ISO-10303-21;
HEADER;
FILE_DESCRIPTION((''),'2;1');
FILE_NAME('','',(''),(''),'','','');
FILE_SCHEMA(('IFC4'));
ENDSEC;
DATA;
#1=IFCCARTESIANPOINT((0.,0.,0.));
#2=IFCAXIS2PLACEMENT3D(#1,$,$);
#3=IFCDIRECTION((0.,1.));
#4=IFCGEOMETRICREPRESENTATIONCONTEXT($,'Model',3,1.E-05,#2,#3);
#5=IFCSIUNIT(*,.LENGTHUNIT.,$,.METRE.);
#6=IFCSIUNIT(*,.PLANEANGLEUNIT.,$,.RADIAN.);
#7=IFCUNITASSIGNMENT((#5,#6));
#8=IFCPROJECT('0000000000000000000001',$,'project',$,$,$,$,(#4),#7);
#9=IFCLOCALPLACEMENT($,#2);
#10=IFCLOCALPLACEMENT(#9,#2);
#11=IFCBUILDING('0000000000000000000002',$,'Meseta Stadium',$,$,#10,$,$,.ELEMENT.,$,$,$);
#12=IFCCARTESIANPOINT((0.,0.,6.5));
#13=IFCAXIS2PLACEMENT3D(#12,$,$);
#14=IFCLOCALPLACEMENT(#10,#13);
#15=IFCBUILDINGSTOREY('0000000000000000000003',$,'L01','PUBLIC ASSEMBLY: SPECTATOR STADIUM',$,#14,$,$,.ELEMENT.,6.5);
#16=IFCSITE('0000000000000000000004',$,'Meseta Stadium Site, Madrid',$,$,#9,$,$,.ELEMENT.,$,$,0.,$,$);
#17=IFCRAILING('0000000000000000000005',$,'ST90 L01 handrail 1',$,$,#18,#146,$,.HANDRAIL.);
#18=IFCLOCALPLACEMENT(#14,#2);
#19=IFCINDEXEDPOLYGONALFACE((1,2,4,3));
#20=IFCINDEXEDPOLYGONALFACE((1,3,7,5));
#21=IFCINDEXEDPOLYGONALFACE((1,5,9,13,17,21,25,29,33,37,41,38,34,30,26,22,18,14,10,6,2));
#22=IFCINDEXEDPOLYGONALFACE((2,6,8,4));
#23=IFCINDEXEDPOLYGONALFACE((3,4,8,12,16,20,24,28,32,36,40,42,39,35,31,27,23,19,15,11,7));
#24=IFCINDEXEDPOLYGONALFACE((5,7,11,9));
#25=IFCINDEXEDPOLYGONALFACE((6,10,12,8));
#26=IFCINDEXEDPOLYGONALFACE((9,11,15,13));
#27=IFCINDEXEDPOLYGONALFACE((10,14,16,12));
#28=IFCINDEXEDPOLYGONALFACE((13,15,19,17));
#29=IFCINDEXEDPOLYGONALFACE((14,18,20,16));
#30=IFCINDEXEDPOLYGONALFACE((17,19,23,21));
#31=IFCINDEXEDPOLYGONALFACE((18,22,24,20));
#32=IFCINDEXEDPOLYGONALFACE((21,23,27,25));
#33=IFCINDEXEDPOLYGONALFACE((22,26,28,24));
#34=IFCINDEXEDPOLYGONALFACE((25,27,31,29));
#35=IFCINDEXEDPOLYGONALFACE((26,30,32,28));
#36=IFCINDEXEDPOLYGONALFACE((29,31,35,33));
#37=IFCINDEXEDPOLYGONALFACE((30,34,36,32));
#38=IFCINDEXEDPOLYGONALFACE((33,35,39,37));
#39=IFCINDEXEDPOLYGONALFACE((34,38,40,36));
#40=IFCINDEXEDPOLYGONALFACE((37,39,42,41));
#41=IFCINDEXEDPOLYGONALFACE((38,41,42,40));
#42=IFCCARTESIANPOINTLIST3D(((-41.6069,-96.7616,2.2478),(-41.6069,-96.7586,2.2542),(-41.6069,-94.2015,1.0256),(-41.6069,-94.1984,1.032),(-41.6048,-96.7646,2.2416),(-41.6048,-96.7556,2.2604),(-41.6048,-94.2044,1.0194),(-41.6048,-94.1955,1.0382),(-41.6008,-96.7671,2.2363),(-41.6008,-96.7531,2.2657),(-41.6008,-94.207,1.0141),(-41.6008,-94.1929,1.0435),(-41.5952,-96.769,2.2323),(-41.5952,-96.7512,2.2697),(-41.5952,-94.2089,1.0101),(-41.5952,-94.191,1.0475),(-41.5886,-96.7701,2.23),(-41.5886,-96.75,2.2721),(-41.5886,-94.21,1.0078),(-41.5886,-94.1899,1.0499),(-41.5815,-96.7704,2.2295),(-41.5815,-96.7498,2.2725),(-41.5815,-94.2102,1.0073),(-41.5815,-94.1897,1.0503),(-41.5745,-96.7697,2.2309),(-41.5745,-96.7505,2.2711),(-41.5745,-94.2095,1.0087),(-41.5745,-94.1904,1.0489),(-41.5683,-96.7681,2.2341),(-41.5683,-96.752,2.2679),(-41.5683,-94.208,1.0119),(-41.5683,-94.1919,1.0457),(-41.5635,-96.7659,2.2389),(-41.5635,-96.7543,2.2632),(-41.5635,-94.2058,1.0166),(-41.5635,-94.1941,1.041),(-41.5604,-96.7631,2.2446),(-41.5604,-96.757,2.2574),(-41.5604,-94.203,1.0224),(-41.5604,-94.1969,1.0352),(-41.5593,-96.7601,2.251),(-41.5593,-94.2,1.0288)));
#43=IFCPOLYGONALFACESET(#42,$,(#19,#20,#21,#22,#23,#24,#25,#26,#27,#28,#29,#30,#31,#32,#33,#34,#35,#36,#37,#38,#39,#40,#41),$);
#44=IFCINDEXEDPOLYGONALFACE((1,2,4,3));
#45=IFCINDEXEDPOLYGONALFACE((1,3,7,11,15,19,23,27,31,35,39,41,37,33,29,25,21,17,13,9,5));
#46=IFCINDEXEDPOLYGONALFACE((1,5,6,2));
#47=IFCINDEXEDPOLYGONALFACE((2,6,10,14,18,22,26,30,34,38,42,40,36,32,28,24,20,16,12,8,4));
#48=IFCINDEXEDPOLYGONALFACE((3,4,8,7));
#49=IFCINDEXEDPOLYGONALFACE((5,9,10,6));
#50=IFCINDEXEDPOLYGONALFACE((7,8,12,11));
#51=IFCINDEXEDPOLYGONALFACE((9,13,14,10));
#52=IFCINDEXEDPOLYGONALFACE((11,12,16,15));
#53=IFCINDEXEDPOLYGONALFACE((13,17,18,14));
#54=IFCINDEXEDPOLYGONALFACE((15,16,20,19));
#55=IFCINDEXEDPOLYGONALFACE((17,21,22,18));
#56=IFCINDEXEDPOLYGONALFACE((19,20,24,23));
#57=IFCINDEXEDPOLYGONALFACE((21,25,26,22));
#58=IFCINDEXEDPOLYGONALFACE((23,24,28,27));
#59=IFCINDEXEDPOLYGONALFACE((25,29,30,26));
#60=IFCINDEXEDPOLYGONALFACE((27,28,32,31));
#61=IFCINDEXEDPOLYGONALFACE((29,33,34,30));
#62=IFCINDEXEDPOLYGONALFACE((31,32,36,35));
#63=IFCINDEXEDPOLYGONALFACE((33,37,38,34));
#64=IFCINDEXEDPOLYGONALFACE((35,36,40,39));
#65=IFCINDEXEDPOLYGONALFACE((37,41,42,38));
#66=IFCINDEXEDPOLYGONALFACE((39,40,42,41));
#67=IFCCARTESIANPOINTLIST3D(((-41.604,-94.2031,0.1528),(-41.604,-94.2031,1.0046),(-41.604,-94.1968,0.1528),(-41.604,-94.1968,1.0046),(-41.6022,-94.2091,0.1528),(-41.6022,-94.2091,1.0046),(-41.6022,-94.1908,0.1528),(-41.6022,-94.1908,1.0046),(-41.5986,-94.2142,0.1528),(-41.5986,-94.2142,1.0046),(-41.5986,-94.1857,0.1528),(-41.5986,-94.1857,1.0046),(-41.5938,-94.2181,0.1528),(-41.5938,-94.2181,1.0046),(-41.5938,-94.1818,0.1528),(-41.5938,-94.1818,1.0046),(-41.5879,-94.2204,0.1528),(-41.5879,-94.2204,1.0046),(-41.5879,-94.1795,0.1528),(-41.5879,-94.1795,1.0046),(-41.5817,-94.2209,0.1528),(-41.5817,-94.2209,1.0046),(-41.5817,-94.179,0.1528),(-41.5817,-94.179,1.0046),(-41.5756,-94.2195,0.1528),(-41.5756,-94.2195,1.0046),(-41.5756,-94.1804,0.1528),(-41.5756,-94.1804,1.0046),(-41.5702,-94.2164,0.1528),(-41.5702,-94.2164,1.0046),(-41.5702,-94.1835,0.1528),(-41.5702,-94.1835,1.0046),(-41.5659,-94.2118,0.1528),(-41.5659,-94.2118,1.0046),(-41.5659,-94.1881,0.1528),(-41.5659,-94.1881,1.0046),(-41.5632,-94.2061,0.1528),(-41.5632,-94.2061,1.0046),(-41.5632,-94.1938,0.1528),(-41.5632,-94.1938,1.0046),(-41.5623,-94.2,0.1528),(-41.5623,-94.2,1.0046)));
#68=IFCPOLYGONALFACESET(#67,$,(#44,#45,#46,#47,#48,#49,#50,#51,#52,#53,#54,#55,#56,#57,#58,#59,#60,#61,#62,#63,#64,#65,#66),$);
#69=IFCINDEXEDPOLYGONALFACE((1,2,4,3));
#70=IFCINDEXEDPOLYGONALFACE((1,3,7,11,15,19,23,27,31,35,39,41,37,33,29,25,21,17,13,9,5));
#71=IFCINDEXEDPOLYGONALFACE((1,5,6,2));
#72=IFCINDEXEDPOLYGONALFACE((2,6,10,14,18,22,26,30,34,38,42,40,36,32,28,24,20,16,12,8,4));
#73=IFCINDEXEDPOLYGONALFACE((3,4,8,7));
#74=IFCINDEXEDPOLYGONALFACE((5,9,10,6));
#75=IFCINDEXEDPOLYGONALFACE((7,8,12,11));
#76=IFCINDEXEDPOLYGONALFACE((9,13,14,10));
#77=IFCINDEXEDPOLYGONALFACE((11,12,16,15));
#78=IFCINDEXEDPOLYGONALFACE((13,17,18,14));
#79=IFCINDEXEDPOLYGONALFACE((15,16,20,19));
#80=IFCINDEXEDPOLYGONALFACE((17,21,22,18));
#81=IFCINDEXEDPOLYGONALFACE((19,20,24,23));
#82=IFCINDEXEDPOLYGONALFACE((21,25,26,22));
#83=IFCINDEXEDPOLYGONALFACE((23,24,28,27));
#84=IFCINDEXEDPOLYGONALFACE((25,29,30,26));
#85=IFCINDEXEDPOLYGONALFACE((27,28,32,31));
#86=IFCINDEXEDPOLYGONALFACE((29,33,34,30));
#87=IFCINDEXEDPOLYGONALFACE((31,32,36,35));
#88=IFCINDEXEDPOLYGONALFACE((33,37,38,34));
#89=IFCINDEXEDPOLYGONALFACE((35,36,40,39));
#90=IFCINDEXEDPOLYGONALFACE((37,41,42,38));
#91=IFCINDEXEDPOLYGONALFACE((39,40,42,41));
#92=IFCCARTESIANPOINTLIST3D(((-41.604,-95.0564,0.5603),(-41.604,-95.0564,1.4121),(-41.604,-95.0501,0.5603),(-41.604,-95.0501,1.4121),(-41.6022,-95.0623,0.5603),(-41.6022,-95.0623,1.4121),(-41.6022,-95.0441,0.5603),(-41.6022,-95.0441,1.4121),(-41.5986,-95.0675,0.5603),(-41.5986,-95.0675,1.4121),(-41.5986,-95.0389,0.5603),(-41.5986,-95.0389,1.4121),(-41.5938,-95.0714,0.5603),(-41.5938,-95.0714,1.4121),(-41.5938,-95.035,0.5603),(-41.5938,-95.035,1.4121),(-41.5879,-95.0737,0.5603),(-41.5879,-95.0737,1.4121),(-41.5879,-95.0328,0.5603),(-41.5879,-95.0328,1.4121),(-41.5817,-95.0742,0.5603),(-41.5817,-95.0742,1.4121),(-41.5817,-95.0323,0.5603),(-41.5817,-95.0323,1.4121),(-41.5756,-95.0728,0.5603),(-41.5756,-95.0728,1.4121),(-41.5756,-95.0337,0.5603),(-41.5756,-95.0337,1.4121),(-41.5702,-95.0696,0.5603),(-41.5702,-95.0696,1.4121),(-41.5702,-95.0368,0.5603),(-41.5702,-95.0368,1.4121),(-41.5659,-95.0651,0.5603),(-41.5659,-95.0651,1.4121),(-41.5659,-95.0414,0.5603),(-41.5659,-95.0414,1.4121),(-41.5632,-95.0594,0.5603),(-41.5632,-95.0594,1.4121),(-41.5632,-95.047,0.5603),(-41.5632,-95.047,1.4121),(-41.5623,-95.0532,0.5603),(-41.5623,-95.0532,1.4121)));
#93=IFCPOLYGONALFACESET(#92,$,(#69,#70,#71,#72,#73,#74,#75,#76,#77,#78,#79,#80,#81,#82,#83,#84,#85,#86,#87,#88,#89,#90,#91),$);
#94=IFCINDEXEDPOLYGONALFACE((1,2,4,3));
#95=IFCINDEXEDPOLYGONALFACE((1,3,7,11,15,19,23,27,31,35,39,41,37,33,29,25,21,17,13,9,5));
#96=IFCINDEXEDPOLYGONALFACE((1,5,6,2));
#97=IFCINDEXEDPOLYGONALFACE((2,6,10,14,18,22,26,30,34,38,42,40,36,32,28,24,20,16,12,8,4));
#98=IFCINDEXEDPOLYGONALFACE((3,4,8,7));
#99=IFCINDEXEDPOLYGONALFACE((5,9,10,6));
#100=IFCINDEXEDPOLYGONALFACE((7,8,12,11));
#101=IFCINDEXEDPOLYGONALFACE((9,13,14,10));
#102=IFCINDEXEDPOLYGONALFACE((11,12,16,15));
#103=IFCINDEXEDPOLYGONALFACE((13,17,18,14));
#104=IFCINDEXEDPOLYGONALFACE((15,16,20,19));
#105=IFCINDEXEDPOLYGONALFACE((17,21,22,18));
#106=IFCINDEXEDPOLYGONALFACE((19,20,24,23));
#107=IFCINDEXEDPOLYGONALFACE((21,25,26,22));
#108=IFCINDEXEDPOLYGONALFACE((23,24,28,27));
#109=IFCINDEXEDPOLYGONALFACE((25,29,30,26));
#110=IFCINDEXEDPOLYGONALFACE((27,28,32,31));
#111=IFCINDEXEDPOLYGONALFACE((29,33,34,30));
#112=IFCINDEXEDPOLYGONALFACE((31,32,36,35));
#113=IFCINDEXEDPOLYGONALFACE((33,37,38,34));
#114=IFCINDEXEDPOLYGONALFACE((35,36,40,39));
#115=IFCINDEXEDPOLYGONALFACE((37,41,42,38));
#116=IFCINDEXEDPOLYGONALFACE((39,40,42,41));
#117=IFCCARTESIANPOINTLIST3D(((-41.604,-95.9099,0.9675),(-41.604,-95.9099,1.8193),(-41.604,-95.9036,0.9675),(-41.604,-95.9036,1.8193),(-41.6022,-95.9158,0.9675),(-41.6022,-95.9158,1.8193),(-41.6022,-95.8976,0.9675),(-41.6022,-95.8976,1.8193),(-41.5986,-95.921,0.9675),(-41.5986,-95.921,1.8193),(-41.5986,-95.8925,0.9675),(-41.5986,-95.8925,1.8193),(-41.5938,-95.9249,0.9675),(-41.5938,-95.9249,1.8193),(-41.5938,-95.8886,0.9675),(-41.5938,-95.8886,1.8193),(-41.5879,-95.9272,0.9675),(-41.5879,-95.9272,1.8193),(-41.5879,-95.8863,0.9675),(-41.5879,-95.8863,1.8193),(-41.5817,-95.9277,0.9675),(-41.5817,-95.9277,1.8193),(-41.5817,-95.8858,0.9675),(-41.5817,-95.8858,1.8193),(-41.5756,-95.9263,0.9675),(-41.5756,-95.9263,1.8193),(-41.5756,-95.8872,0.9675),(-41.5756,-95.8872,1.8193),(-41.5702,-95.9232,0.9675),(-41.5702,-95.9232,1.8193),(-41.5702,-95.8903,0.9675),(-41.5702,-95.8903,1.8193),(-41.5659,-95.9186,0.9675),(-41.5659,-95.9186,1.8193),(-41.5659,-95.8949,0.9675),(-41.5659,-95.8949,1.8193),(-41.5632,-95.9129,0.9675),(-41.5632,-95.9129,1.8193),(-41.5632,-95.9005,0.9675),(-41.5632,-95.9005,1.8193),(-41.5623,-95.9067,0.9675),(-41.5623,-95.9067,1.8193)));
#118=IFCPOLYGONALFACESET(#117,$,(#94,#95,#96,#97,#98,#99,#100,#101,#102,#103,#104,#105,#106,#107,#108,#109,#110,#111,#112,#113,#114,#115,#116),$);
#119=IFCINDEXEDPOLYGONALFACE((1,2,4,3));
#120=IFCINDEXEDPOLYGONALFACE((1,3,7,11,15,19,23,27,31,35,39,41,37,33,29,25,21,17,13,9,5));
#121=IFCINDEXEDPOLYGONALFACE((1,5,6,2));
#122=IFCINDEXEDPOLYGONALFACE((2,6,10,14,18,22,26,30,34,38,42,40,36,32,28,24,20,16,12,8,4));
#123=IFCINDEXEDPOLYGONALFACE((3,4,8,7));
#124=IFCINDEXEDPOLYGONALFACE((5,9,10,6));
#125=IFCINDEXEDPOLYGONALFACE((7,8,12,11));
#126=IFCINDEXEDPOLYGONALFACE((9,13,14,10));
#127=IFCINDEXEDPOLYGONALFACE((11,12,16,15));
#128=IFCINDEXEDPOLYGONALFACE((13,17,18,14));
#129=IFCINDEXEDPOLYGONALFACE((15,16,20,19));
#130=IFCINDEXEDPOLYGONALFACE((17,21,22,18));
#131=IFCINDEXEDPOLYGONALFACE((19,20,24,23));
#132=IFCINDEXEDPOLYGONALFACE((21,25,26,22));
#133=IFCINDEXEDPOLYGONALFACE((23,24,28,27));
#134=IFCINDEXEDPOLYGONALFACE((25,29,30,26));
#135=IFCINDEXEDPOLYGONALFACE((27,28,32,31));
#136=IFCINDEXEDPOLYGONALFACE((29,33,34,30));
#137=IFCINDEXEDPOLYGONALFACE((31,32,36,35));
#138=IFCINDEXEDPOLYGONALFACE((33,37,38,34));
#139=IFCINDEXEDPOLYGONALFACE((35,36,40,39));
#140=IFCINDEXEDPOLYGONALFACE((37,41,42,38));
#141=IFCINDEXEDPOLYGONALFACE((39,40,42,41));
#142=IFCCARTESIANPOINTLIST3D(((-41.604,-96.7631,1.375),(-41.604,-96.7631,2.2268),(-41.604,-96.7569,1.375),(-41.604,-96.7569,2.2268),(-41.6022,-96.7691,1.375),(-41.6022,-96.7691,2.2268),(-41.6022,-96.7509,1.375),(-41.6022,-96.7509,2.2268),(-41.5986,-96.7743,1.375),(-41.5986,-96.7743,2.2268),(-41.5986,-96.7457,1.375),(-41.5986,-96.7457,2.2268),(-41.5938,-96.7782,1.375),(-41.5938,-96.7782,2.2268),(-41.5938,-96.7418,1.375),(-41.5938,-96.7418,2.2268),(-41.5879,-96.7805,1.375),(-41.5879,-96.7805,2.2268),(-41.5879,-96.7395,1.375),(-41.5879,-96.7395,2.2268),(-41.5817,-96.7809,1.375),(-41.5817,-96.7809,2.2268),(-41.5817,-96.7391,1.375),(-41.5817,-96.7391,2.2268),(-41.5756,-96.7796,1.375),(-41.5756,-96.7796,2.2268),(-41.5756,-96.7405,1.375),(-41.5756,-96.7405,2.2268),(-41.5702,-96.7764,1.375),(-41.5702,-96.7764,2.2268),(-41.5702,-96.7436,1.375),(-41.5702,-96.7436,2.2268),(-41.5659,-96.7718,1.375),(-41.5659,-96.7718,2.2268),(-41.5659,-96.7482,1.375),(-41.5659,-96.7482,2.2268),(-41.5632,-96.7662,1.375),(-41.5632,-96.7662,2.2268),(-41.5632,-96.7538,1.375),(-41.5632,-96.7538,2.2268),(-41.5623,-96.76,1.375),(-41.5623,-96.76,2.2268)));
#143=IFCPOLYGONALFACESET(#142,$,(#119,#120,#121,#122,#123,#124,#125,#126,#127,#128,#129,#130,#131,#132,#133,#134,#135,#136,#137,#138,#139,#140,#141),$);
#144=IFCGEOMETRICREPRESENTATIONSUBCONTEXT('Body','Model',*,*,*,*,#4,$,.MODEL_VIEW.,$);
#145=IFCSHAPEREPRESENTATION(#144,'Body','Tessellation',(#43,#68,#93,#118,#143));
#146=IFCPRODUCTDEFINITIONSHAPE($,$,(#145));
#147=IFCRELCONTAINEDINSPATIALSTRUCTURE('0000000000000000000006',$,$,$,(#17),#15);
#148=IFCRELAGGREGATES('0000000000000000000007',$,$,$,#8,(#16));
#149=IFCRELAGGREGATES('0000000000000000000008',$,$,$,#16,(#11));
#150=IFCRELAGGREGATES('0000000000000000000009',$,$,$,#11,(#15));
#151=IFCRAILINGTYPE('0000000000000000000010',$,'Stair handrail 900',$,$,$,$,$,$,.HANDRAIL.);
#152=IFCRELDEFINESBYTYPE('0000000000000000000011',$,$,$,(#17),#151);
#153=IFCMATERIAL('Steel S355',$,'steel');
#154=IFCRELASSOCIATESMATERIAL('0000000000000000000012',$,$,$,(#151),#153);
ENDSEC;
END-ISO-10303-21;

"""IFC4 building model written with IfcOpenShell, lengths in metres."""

from ifc_helpers import new_model, si_unit, direction, frame, origin, origin_2d, place, context, subcontext, project, spatial, circle, extrude, material, type_object, element, save


model = new_model("IFC4")

# Units and contexts
model_context = context("Model", 3, precision=1e-05, world=origin(), true_north=direction((0.0, 1.0)))
body_context = subcontext(model_context, "Body", "Model", "MODEL_VIEW")
ifc_project = project(units=[si_unit("LENGTHUNIT", "METRE"), si_unit("PLANEANGLEUNIT", "RADIAN")], contexts=[model_context])

# Site, building, storey
site_placement = place(None, origin())
site = spatial("IfcSite", under=ifc_project, at=site_placement, Name="Meseta Stadium Site, Madrid", CompositionType="ELEMENT", RefElevation=0.0)
building_placement = place(site_placement, origin())
building = spatial("IfcBuilding", under=site, at=building_placement, Name="Meseta Stadium", CompositionType="ELEMENT")
storey_placement = place(building_placement, frame((0.0, 0.0, 6.5)))
storey = spatial("IfcBuildingStorey", under=building, at=storey_placement, Name="L01", Description="PUBLIC ASSEMBLY: SPECTATOR STADIUM", CompositionType="ELEMENT", Elevation=6.5)

# Railing
ifc_material_1 = material(Name="Steel S355", Category="steel")
railing_type_1 = type_object("IfcRailingType", Name="Stair handrail 900", PredefinedType="HANDRAIL", material=ifc_material_1)
railing_1_placement = place(storey_placement, frame((-41.5833, -94.2, 0.1528)))
element("IfcRailing", 1, at=railing_1_placement, inside=storey, type_object=railing_type_1, Name="ST90 L01 handrail 1", PredefinedType="HANDRAIL", context=body_context, shape_type="SweptSolid", body=[
    extrude(circle(Radius=0.0239, at=origin_2d()), frame((0.0, 0.0, 0.876), z_axis=(0.0, -0.902437, 0.430822), x_axis=(1.0, 0.0, 0.0)), (0.0, 0.0, 1.0), 2.8369),
    extrude(circle(Radius=0.021, at=origin_2d()), origin(), (0.0, 0.0, 1.0), 0.8518),
    extrude(circle(Radius=0.021, at=origin_2d()), frame((0.0, -0.8533, 0.4075)), (0.0, 0.0, 1.0), 0.8518),
    extrude(circle(Radius=0.021, at=origin_2d()), frame((0.0, -1.7068, 0.8147)), (0.0, 0.0, 1.0), 0.8518),
    extrude(circle(Radius=0.021, at=origin_2d()), frame((0.0, -2.5601, 1.2222)), (0.0, 0.0, 1.0), 0.8518),
])

save(model, "model.ifc")
